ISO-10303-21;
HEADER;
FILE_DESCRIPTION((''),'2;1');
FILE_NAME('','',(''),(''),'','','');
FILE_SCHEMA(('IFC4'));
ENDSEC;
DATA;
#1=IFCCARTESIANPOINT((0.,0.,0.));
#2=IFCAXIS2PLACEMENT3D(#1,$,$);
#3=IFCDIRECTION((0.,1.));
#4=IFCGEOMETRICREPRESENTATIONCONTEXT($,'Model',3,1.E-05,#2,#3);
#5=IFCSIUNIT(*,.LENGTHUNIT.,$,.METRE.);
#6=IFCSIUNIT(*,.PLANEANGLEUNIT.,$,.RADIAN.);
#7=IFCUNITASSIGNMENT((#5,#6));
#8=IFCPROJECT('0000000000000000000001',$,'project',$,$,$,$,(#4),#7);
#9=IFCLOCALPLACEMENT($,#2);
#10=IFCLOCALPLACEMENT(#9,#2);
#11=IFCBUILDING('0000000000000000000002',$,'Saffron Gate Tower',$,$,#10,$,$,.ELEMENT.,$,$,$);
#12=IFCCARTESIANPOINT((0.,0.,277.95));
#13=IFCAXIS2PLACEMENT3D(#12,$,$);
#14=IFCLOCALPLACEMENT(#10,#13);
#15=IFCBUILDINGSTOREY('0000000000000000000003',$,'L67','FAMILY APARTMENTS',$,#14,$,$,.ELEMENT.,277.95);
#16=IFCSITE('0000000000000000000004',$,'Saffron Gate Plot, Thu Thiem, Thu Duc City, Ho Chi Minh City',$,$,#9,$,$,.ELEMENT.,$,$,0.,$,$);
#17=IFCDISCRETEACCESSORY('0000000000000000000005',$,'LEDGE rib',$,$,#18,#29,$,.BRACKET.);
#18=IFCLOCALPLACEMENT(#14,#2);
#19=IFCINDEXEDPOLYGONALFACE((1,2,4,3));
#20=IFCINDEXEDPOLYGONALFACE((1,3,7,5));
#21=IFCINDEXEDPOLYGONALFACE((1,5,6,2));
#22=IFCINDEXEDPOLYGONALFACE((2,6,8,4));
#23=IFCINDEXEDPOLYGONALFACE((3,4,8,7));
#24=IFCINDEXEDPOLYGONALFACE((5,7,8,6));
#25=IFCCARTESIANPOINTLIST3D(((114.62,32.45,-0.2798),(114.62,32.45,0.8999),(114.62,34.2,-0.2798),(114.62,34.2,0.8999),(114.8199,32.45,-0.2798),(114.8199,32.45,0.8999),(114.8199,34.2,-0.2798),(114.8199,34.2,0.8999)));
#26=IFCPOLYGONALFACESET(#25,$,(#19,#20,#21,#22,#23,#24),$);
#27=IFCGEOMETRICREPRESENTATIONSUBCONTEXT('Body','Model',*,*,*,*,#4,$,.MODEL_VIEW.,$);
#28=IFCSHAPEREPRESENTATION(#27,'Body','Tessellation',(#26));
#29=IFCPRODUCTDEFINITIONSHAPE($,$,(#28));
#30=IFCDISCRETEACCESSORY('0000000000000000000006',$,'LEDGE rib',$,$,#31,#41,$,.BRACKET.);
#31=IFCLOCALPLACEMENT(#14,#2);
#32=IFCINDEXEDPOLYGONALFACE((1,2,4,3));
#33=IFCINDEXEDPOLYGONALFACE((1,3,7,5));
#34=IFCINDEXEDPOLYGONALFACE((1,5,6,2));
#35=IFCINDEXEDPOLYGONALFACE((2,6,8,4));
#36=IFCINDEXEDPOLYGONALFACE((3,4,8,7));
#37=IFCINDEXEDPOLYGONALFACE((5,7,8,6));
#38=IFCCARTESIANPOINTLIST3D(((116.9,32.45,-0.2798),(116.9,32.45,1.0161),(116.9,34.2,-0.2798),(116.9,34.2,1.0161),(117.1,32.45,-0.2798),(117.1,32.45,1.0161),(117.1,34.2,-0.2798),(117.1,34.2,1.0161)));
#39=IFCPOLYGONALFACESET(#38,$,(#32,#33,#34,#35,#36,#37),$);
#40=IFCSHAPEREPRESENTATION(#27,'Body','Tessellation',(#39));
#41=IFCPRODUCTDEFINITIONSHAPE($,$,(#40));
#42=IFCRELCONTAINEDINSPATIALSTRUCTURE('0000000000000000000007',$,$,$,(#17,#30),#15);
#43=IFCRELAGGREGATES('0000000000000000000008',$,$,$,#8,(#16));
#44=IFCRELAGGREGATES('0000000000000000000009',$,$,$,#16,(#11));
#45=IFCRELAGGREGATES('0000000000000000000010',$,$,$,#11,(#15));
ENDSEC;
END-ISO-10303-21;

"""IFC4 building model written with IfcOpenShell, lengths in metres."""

from ifc_helpers import new_model, si_unit, direction, frame, origin, origin_2d, place, context, subcontext, project, spatial, rectangle, extrude, element, save


model = new_model("IFC4")

# Units and contexts
model_context = context("Model", 3, precision=1e-05, world=origin(), true_north=direction((0.0, 1.0)))
body_context = subcontext(model_context, "Body", "Model", "MODEL_VIEW")
ifc_project = project(units=[si_unit("LENGTHUNIT", "METRE"), si_unit("PLANEANGLEUNIT", "RADIAN")], contexts=[model_context])

# Site, building, storey
site_placement = place(None, origin())
site = spatial("IfcSite", under=ifc_project, at=site_placement, Name="Saffron Gate Plot, Thu Thiem, Thu Duc City, Ho Chi Minh City", CompositionType="ELEMENT", RefElevation=0.0)
building_placement = place(site_placement, origin())
building = spatial("IfcBuilding", under=site, at=building_placement, Name="Saffron Gate Tower", CompositionType="ELEMENT")
storey_placement = place(building_placement, frame((0.0, 0.0, 277.95)))
storey = spatial("IfcBuildingStorey", under=building, at=storey_placement, Name="L67", Description="FAMILY APARTMENTS", CompositionType="ELEMENT", Elevation=277.95)

# Discrete accessories
discrete_accessory_1_placement = place(storey_placement, frame((114.72, 33.325, -0.2798), z_axis=(0.0, 0.0, 1.0), x_axis=(1.0, 0.0, 0.0)))
element("IfcDiscreteAccessory", 1, at=discrete_accessory_1_placement, inside=storey, Name="LEDGE rib", PredefinedType="BRACKET", context=body_context, shape_type="SweptSolid", body=[
    extrude(rectangle(XDim=0.2, YDim=1.75, at=origin_2d()), origin(), (0.0, 0.0, 1.0), 1.1797),
])
discrete_accessory_2_placement = place(storey_placement, frame((117.0, 33.325, -0.2798), z_axis=(0.0, 0.0, 1.0), x_axis=(1.0, 0.0, 0.0)))
element("IfcDiscreteAccessory", 2, at=discrete_accessory_2_placement, inside=storey, Name="LEDGE rib", PredefinedType="BRACKET", context=body_context, shape_type="SweptSolid", body=[
    extrude(rectangle(XDim=0.2, YDim=1.75, at=origin_2d()), origin(), (0.0, 0.0, 1.0), 1.2959),
])

save(model, "model.ifc")
